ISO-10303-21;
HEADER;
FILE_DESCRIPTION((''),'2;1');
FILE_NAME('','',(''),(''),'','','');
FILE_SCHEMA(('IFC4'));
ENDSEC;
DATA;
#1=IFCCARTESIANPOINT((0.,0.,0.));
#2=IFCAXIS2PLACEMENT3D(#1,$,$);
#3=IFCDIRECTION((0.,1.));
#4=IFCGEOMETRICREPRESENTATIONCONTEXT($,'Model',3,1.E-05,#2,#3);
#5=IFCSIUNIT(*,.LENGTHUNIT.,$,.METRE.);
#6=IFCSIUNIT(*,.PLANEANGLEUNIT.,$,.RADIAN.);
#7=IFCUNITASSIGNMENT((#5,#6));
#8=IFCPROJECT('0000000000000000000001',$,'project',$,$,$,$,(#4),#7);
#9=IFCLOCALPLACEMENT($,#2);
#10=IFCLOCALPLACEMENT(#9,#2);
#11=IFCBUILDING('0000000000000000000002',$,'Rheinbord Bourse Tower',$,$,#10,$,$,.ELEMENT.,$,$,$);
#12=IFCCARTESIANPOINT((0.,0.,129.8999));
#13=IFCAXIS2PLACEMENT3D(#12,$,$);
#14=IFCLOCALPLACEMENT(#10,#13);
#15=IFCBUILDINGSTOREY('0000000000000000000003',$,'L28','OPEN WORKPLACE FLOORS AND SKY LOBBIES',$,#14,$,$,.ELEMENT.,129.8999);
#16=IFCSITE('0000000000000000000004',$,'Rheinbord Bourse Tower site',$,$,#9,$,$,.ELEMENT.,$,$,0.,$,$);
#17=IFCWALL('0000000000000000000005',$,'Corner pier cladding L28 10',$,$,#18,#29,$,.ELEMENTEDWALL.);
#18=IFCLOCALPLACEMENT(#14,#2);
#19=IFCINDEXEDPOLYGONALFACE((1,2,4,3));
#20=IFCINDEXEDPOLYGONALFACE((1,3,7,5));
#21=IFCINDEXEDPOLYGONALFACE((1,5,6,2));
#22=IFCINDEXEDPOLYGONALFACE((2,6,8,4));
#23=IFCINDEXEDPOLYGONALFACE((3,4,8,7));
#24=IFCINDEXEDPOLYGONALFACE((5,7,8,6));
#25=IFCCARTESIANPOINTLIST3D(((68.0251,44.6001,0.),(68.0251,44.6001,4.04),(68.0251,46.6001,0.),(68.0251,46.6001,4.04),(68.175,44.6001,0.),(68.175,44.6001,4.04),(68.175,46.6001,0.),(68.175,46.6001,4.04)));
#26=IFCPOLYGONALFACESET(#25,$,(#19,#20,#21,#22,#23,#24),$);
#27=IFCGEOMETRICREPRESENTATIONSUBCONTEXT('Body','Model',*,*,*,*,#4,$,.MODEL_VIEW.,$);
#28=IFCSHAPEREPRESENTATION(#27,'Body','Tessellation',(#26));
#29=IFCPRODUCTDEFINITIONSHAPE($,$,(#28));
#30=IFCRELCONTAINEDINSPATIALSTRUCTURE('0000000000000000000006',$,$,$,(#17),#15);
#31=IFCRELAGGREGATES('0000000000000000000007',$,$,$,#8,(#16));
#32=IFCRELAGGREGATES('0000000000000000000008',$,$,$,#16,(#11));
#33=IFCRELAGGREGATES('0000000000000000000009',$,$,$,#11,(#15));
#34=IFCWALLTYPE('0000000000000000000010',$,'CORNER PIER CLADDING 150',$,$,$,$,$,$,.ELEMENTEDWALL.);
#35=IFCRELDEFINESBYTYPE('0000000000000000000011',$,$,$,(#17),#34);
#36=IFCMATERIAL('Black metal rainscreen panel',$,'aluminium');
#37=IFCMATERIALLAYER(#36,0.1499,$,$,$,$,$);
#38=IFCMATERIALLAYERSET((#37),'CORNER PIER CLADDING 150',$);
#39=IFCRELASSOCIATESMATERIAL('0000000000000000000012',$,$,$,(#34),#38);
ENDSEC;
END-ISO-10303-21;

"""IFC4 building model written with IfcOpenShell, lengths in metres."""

from ifc_helpers import new_model, si_unit, direction, frame, frame_2d, origin, place, context, subcontext, project, spatial, rectangle, extrude, material, layer, layer_set, type_object, element, save


model = new_model("IFC4")

# Units and contexts
model_context = context("Model", 3, precision=1e-05, world=origin(), true_north=direction((0.0, 1.0)))
body_context = subcontext(model_context, "Body", "Model", "MODEL_VIEW")
ifc_project = project(units=[si_unit("LENGTHUNIT", "METRE"), si_unit("PLANEANGLEUNIT", "RADIAN")], contexts=[model_context])

# Site, building, storey
site_placement = place(None, origin())
site = spatial("IfcSite", under=ifc_project, at=site_placement, Name="Rheinbord Bourse Tower site", CompositionType="ELEMENT", RefElevation=0.0)
building_placement = place(site_placement, origin())
building = spatial("IfcBuilding", under=site, at=building_placement, Name="Rheinbord Bourse Tower", CompositionType="ELEMENT")
storey_placement = place(building_placement, frame((0.0, 0.0, 129.8999)))
storey = spatial("IfcBuildingStorey", under=building, at=storey_placement, Name="L28", Description="OPEN WORKPLACE FLOORS AND SKY LOBBIES", CompositionType="ELEMENT", Elevation=129.8999)

# Wall
ifc_material_1 = material(Name="Black metal rainscreen panel", Category="aluminium")
ifc_layer_1 = layer(ifc_material_1, 0.1499)
ifc_layer_set_1 = layer_set([ifc_layer_1], Name="CORNER PIER CLADDING 150")
wall_type = type_object("IfcWallType", Name="CORNER PIER CLADDING 150", PredefinedType="ELEMENTEDWALL", material=ifc_layer_set_1)
wall_1_placement = place(storey_placement, frame((68.1001, 44.6001, 0.0), z_axis=(0.0, 0.0, 1.0), x_axis=(0.0, 1.0, 0.0)))
element("IfcWall", 1, at=wall_1_placement, inside=storey, type_object=wall_type, Name="Corner pier cladding L28 10", PredefinedType="ELEMENTEDWALL", context=body_context, shape_type="SweptSolid", body=[
    extrude(rectangle(XDim=2.0, YDim=0.1499, at=frame_2d((1.0, 0.0))), origin(), (0.0, 0.0, 1.0), 4.04),
])

save(model, "model.ifc")
